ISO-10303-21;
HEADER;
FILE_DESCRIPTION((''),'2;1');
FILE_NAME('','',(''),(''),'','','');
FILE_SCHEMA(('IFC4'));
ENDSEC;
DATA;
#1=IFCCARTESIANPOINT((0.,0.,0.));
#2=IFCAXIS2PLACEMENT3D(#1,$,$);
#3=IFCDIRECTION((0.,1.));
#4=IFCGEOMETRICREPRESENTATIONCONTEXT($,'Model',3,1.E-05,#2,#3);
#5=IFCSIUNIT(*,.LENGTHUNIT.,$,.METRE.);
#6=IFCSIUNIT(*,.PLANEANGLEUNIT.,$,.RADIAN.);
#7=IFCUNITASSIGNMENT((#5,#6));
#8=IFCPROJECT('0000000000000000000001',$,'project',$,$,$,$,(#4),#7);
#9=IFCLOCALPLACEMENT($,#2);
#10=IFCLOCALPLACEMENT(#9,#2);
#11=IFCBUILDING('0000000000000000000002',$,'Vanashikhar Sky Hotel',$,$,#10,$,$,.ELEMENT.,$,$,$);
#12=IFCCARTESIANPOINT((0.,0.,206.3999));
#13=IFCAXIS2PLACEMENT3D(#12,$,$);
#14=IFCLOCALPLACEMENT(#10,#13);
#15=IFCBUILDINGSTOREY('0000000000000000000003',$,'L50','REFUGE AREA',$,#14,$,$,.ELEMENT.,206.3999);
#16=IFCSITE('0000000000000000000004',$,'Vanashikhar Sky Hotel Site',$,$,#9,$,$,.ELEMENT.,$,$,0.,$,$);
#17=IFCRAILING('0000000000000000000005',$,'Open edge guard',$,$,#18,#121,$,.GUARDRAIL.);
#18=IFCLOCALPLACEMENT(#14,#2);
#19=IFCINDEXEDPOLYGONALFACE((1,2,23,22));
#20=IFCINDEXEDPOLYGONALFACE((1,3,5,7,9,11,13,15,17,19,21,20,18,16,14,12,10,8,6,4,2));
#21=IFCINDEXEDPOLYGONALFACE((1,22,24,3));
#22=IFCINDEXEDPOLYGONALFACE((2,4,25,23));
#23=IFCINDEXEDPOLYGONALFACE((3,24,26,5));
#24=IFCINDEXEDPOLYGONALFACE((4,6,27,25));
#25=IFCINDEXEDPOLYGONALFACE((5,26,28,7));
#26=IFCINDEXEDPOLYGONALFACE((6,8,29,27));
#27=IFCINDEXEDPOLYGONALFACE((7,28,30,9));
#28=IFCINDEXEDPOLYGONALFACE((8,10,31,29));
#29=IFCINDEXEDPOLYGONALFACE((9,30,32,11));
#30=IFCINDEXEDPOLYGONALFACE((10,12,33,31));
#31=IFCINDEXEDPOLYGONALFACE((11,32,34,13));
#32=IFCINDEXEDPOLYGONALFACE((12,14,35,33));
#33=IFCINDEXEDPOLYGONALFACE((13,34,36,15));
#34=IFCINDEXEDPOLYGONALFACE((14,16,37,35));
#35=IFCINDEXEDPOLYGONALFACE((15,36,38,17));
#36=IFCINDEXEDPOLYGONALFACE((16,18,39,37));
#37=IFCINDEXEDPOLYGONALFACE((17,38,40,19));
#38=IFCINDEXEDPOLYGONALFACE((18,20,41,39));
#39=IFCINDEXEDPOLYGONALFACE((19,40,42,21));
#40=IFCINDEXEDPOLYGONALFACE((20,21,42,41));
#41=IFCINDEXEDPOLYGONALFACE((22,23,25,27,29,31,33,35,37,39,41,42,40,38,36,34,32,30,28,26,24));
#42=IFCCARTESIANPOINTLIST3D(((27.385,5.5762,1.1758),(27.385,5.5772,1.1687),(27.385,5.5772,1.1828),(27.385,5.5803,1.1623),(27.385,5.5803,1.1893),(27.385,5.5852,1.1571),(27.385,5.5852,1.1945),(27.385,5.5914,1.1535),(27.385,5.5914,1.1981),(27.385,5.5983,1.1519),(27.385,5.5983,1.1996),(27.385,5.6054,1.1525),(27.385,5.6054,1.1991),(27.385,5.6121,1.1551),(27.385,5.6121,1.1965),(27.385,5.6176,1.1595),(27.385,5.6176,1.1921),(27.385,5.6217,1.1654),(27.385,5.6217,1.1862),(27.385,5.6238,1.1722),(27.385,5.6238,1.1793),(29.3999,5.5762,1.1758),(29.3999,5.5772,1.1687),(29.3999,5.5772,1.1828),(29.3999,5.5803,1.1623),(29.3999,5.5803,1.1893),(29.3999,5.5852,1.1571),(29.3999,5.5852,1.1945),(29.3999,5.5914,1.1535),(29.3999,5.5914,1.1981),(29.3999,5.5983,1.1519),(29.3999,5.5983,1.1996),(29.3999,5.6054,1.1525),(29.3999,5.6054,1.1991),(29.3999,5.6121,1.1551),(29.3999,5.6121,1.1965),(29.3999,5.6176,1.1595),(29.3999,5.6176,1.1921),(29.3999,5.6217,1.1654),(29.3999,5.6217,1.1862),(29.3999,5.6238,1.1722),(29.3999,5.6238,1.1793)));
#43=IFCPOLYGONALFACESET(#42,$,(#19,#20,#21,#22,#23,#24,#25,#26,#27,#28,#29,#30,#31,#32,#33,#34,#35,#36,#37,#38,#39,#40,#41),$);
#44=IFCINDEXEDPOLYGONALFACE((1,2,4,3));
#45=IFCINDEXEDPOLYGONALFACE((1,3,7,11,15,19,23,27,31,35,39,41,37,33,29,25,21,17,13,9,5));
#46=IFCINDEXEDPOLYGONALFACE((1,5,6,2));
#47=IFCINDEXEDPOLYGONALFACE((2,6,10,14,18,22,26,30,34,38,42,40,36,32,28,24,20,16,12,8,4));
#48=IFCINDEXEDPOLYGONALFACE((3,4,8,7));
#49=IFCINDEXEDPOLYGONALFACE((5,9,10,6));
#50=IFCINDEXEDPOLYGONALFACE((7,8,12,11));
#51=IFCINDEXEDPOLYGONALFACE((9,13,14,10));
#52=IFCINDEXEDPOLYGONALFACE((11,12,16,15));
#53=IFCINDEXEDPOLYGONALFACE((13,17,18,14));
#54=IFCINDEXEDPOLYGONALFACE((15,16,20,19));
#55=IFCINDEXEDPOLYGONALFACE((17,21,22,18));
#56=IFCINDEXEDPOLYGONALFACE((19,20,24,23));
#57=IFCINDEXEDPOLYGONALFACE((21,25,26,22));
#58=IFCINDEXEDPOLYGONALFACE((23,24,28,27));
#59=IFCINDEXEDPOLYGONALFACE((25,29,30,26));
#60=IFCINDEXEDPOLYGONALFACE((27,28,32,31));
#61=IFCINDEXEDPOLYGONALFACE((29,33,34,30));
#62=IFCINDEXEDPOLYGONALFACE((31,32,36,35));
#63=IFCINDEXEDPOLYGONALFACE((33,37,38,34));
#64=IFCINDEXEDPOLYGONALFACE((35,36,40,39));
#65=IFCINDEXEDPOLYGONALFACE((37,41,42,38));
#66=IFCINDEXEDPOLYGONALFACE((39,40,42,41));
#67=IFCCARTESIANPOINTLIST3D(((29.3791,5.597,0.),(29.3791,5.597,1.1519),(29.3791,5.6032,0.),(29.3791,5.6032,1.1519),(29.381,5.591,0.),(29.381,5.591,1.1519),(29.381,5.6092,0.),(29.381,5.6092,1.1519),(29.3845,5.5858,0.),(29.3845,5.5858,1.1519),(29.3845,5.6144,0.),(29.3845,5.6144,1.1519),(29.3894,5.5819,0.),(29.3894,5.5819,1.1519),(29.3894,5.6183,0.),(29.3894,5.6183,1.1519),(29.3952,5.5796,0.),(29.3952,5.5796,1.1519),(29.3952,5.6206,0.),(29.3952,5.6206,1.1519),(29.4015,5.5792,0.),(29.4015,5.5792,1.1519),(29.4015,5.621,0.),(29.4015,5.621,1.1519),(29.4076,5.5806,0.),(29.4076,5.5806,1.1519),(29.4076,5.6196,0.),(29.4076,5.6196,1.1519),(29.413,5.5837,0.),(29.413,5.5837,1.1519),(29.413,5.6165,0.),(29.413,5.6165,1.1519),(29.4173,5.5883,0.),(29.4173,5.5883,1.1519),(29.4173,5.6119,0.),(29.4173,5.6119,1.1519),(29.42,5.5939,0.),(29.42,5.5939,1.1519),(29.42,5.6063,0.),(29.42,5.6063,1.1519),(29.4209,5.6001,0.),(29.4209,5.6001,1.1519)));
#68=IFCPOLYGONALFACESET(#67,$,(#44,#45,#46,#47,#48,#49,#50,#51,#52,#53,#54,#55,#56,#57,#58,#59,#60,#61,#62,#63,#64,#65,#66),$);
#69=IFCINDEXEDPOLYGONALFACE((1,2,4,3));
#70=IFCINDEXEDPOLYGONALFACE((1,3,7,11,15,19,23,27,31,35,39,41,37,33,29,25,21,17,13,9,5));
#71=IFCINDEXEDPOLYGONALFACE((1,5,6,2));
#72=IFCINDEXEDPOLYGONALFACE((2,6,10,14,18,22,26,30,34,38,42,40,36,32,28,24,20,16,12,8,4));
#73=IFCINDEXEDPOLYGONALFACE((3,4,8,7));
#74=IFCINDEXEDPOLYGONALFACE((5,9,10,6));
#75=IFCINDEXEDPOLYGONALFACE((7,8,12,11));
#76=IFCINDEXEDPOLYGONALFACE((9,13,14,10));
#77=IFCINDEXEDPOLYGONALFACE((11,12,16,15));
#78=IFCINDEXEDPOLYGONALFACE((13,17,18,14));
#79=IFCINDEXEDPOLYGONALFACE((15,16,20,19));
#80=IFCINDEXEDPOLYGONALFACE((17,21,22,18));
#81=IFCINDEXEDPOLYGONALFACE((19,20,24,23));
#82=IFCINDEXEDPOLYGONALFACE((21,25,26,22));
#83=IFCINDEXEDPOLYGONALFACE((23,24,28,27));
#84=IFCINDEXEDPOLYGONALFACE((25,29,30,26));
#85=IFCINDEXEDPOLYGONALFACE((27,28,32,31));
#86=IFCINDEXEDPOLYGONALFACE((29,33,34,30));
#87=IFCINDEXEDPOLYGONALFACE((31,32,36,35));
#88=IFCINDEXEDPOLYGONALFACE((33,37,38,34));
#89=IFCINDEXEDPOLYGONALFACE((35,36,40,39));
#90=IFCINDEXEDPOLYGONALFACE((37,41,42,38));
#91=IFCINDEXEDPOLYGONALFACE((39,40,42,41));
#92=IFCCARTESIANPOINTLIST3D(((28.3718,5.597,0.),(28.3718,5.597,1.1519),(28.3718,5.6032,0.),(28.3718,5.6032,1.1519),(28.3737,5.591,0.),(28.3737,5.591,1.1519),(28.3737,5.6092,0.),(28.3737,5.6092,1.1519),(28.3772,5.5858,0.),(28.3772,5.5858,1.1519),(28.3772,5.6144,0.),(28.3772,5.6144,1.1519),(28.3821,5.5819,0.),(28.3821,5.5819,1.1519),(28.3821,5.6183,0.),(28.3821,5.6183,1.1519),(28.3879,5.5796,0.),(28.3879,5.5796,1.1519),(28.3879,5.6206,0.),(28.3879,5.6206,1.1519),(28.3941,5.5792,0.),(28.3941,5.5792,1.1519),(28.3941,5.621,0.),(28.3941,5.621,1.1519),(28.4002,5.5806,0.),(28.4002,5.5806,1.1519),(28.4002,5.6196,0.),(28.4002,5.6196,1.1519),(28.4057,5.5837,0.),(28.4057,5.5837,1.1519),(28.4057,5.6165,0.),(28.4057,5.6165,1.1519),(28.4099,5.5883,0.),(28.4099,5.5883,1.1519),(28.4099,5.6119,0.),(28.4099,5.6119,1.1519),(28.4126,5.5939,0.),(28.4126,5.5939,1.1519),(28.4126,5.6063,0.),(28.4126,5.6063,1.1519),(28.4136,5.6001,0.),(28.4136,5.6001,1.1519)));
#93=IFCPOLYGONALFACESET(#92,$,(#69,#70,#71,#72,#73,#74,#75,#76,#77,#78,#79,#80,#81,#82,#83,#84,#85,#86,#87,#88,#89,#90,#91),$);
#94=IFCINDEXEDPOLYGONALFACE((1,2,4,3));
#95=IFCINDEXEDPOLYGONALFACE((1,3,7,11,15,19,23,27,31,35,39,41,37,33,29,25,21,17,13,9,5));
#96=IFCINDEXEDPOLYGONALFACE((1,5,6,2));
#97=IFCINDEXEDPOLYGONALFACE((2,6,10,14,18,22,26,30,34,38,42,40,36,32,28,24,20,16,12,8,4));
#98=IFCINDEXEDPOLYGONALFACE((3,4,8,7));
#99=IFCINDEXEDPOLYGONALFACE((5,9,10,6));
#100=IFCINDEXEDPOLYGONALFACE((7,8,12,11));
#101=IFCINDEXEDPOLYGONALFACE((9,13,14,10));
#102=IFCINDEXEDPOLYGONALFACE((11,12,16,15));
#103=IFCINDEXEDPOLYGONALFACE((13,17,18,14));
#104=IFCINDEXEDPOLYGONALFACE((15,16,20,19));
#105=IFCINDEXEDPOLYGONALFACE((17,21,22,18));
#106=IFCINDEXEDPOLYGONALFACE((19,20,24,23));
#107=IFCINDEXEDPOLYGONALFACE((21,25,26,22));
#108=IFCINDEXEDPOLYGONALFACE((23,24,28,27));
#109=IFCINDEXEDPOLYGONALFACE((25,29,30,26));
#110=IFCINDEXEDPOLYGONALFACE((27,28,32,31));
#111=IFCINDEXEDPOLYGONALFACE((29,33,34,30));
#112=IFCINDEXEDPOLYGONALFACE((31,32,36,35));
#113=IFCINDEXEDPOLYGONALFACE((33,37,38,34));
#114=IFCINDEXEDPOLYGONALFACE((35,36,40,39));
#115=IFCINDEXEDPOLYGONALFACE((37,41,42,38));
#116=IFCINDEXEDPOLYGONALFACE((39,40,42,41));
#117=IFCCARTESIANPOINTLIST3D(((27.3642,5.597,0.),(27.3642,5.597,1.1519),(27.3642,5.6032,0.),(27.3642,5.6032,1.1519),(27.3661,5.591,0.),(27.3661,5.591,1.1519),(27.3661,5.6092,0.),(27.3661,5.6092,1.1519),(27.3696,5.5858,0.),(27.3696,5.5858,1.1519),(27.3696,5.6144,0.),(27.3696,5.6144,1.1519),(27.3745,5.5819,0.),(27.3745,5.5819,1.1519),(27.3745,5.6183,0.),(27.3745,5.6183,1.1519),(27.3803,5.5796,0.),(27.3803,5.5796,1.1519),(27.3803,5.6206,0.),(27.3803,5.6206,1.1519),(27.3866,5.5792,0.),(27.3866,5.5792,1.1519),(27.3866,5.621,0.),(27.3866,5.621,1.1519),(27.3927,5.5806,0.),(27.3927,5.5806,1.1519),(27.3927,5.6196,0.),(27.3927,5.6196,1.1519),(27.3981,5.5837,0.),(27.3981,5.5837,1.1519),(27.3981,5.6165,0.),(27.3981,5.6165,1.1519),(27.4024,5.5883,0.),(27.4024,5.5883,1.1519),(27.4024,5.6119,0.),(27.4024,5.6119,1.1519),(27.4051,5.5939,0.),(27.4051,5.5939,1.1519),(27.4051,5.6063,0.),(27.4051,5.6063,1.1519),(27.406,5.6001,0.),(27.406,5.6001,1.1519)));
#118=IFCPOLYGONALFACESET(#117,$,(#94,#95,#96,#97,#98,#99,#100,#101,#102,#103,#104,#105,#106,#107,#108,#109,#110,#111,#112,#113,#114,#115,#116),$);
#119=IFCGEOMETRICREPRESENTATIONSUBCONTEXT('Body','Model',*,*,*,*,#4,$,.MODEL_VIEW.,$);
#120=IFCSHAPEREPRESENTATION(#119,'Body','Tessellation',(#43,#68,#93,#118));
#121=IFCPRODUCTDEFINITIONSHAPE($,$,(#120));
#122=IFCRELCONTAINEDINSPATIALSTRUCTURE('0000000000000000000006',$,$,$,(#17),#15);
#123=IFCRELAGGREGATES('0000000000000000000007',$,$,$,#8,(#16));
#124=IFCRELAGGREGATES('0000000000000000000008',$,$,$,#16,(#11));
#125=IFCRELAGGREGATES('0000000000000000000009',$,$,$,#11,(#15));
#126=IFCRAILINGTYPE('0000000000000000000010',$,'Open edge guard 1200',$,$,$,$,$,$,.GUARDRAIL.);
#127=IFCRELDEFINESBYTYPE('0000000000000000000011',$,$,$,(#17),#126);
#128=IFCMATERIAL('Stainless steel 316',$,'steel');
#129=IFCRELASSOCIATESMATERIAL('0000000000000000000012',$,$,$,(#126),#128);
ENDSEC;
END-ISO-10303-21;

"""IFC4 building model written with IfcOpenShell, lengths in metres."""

from ifc_helpers import new_model, si_unit, direction, frame, origin, origin_2d, place, context, subcontext, project, spatial, circle, extrude, source, transform, mapped, material, type_object, element, save


model = new_model("IFC4")

# Units and contexts
model_context = context("Model", 3, precision=1e-05, world=origin(), true_north=direction((0.0, 1.0)))
body_context = subcontext(model_context, "Body", "Model", "MODEL_VIEW")
ifc_project = project(units=[si_unit("LENGTHUNIT", "METRE"), si_unit("PLANEANGLEUNIT", "RADIAN")], contexts=[model_context])

# Site, building, storey
site_placement = place(None, origin())
site = spatial("IfcSite", under=ifc_project, at=site_placement, Name="Vanashikhar Sky Hotel Site", CompositionType="ELEMENT", RefElevation=0.0)
building_placement = place(site_placement, origin())
building = spatial("IfcBuilding", under=site, at=building_placement, Name="Vanashikhar Sky Hotel", CompositionType="ELEMENT")
storey_placement = place(building_placement, frame((0.0, 0.0, 206.3999)))
storey = spatial("IfcBuildingStorey", under=building, at=storey_placement, Name="L50", Description="REFUGE AREA", CompositionType="ELEMENT", Elevation=206.3999)

# Railing
ifc_material_1 = material(Name="Stainless steel 316", Category="steel")
railing_type = type_object("IfcRailingType", Name="Open edge guard 1200", PredefinedType="GUARDRAIL", material=ifc_material_1)
shared_shape_1 = source(origin(), body_context, "Body", "SweptSolid", [
    extrude(circle(Radius=0.0239, at=origin_2d()), frame((0.0, 0.0, 1.1758), z_axis=(-1.0, 0.0, 0.0), x_axis=(0.0, -1.0, 0.0)), (0.0, 0.0, 1.0), 2.0149),
    extrude(circle(Radius=0.021, at=origin_2d()), origin(), (0.0, 0.0, 1.0), 1.1519),
    extrude(circle(Radius=0.021, at=origin_2d()), frame((-1.0073, 0.0, 0.0)), (0.0, 0.0, 1.0), 1.1519),
    extrude(circle(Radius=0.021, at=origin_2d()), frame((-2.0149, 0.0, 0.0)), (0.0, 0.0, 1.0), 1.1519),
])
for number, where, name in (
    (1, (29.3999, 5.6001, 0.0), "Open edge guard"),
):
    element("IfcRailing", number, at=place(storey_placement, frame(where)), inside=storey, type_object=railing_type, Name=name, PredefinedType="GUARDRAIL", context=body_context, shape_type="MappedRepresentation", body=[
        mapped(shared_shape_1, transform((0.0, 0.0, 0.0), scale=1.0)),
    ])

save(model, "model.ifc")
